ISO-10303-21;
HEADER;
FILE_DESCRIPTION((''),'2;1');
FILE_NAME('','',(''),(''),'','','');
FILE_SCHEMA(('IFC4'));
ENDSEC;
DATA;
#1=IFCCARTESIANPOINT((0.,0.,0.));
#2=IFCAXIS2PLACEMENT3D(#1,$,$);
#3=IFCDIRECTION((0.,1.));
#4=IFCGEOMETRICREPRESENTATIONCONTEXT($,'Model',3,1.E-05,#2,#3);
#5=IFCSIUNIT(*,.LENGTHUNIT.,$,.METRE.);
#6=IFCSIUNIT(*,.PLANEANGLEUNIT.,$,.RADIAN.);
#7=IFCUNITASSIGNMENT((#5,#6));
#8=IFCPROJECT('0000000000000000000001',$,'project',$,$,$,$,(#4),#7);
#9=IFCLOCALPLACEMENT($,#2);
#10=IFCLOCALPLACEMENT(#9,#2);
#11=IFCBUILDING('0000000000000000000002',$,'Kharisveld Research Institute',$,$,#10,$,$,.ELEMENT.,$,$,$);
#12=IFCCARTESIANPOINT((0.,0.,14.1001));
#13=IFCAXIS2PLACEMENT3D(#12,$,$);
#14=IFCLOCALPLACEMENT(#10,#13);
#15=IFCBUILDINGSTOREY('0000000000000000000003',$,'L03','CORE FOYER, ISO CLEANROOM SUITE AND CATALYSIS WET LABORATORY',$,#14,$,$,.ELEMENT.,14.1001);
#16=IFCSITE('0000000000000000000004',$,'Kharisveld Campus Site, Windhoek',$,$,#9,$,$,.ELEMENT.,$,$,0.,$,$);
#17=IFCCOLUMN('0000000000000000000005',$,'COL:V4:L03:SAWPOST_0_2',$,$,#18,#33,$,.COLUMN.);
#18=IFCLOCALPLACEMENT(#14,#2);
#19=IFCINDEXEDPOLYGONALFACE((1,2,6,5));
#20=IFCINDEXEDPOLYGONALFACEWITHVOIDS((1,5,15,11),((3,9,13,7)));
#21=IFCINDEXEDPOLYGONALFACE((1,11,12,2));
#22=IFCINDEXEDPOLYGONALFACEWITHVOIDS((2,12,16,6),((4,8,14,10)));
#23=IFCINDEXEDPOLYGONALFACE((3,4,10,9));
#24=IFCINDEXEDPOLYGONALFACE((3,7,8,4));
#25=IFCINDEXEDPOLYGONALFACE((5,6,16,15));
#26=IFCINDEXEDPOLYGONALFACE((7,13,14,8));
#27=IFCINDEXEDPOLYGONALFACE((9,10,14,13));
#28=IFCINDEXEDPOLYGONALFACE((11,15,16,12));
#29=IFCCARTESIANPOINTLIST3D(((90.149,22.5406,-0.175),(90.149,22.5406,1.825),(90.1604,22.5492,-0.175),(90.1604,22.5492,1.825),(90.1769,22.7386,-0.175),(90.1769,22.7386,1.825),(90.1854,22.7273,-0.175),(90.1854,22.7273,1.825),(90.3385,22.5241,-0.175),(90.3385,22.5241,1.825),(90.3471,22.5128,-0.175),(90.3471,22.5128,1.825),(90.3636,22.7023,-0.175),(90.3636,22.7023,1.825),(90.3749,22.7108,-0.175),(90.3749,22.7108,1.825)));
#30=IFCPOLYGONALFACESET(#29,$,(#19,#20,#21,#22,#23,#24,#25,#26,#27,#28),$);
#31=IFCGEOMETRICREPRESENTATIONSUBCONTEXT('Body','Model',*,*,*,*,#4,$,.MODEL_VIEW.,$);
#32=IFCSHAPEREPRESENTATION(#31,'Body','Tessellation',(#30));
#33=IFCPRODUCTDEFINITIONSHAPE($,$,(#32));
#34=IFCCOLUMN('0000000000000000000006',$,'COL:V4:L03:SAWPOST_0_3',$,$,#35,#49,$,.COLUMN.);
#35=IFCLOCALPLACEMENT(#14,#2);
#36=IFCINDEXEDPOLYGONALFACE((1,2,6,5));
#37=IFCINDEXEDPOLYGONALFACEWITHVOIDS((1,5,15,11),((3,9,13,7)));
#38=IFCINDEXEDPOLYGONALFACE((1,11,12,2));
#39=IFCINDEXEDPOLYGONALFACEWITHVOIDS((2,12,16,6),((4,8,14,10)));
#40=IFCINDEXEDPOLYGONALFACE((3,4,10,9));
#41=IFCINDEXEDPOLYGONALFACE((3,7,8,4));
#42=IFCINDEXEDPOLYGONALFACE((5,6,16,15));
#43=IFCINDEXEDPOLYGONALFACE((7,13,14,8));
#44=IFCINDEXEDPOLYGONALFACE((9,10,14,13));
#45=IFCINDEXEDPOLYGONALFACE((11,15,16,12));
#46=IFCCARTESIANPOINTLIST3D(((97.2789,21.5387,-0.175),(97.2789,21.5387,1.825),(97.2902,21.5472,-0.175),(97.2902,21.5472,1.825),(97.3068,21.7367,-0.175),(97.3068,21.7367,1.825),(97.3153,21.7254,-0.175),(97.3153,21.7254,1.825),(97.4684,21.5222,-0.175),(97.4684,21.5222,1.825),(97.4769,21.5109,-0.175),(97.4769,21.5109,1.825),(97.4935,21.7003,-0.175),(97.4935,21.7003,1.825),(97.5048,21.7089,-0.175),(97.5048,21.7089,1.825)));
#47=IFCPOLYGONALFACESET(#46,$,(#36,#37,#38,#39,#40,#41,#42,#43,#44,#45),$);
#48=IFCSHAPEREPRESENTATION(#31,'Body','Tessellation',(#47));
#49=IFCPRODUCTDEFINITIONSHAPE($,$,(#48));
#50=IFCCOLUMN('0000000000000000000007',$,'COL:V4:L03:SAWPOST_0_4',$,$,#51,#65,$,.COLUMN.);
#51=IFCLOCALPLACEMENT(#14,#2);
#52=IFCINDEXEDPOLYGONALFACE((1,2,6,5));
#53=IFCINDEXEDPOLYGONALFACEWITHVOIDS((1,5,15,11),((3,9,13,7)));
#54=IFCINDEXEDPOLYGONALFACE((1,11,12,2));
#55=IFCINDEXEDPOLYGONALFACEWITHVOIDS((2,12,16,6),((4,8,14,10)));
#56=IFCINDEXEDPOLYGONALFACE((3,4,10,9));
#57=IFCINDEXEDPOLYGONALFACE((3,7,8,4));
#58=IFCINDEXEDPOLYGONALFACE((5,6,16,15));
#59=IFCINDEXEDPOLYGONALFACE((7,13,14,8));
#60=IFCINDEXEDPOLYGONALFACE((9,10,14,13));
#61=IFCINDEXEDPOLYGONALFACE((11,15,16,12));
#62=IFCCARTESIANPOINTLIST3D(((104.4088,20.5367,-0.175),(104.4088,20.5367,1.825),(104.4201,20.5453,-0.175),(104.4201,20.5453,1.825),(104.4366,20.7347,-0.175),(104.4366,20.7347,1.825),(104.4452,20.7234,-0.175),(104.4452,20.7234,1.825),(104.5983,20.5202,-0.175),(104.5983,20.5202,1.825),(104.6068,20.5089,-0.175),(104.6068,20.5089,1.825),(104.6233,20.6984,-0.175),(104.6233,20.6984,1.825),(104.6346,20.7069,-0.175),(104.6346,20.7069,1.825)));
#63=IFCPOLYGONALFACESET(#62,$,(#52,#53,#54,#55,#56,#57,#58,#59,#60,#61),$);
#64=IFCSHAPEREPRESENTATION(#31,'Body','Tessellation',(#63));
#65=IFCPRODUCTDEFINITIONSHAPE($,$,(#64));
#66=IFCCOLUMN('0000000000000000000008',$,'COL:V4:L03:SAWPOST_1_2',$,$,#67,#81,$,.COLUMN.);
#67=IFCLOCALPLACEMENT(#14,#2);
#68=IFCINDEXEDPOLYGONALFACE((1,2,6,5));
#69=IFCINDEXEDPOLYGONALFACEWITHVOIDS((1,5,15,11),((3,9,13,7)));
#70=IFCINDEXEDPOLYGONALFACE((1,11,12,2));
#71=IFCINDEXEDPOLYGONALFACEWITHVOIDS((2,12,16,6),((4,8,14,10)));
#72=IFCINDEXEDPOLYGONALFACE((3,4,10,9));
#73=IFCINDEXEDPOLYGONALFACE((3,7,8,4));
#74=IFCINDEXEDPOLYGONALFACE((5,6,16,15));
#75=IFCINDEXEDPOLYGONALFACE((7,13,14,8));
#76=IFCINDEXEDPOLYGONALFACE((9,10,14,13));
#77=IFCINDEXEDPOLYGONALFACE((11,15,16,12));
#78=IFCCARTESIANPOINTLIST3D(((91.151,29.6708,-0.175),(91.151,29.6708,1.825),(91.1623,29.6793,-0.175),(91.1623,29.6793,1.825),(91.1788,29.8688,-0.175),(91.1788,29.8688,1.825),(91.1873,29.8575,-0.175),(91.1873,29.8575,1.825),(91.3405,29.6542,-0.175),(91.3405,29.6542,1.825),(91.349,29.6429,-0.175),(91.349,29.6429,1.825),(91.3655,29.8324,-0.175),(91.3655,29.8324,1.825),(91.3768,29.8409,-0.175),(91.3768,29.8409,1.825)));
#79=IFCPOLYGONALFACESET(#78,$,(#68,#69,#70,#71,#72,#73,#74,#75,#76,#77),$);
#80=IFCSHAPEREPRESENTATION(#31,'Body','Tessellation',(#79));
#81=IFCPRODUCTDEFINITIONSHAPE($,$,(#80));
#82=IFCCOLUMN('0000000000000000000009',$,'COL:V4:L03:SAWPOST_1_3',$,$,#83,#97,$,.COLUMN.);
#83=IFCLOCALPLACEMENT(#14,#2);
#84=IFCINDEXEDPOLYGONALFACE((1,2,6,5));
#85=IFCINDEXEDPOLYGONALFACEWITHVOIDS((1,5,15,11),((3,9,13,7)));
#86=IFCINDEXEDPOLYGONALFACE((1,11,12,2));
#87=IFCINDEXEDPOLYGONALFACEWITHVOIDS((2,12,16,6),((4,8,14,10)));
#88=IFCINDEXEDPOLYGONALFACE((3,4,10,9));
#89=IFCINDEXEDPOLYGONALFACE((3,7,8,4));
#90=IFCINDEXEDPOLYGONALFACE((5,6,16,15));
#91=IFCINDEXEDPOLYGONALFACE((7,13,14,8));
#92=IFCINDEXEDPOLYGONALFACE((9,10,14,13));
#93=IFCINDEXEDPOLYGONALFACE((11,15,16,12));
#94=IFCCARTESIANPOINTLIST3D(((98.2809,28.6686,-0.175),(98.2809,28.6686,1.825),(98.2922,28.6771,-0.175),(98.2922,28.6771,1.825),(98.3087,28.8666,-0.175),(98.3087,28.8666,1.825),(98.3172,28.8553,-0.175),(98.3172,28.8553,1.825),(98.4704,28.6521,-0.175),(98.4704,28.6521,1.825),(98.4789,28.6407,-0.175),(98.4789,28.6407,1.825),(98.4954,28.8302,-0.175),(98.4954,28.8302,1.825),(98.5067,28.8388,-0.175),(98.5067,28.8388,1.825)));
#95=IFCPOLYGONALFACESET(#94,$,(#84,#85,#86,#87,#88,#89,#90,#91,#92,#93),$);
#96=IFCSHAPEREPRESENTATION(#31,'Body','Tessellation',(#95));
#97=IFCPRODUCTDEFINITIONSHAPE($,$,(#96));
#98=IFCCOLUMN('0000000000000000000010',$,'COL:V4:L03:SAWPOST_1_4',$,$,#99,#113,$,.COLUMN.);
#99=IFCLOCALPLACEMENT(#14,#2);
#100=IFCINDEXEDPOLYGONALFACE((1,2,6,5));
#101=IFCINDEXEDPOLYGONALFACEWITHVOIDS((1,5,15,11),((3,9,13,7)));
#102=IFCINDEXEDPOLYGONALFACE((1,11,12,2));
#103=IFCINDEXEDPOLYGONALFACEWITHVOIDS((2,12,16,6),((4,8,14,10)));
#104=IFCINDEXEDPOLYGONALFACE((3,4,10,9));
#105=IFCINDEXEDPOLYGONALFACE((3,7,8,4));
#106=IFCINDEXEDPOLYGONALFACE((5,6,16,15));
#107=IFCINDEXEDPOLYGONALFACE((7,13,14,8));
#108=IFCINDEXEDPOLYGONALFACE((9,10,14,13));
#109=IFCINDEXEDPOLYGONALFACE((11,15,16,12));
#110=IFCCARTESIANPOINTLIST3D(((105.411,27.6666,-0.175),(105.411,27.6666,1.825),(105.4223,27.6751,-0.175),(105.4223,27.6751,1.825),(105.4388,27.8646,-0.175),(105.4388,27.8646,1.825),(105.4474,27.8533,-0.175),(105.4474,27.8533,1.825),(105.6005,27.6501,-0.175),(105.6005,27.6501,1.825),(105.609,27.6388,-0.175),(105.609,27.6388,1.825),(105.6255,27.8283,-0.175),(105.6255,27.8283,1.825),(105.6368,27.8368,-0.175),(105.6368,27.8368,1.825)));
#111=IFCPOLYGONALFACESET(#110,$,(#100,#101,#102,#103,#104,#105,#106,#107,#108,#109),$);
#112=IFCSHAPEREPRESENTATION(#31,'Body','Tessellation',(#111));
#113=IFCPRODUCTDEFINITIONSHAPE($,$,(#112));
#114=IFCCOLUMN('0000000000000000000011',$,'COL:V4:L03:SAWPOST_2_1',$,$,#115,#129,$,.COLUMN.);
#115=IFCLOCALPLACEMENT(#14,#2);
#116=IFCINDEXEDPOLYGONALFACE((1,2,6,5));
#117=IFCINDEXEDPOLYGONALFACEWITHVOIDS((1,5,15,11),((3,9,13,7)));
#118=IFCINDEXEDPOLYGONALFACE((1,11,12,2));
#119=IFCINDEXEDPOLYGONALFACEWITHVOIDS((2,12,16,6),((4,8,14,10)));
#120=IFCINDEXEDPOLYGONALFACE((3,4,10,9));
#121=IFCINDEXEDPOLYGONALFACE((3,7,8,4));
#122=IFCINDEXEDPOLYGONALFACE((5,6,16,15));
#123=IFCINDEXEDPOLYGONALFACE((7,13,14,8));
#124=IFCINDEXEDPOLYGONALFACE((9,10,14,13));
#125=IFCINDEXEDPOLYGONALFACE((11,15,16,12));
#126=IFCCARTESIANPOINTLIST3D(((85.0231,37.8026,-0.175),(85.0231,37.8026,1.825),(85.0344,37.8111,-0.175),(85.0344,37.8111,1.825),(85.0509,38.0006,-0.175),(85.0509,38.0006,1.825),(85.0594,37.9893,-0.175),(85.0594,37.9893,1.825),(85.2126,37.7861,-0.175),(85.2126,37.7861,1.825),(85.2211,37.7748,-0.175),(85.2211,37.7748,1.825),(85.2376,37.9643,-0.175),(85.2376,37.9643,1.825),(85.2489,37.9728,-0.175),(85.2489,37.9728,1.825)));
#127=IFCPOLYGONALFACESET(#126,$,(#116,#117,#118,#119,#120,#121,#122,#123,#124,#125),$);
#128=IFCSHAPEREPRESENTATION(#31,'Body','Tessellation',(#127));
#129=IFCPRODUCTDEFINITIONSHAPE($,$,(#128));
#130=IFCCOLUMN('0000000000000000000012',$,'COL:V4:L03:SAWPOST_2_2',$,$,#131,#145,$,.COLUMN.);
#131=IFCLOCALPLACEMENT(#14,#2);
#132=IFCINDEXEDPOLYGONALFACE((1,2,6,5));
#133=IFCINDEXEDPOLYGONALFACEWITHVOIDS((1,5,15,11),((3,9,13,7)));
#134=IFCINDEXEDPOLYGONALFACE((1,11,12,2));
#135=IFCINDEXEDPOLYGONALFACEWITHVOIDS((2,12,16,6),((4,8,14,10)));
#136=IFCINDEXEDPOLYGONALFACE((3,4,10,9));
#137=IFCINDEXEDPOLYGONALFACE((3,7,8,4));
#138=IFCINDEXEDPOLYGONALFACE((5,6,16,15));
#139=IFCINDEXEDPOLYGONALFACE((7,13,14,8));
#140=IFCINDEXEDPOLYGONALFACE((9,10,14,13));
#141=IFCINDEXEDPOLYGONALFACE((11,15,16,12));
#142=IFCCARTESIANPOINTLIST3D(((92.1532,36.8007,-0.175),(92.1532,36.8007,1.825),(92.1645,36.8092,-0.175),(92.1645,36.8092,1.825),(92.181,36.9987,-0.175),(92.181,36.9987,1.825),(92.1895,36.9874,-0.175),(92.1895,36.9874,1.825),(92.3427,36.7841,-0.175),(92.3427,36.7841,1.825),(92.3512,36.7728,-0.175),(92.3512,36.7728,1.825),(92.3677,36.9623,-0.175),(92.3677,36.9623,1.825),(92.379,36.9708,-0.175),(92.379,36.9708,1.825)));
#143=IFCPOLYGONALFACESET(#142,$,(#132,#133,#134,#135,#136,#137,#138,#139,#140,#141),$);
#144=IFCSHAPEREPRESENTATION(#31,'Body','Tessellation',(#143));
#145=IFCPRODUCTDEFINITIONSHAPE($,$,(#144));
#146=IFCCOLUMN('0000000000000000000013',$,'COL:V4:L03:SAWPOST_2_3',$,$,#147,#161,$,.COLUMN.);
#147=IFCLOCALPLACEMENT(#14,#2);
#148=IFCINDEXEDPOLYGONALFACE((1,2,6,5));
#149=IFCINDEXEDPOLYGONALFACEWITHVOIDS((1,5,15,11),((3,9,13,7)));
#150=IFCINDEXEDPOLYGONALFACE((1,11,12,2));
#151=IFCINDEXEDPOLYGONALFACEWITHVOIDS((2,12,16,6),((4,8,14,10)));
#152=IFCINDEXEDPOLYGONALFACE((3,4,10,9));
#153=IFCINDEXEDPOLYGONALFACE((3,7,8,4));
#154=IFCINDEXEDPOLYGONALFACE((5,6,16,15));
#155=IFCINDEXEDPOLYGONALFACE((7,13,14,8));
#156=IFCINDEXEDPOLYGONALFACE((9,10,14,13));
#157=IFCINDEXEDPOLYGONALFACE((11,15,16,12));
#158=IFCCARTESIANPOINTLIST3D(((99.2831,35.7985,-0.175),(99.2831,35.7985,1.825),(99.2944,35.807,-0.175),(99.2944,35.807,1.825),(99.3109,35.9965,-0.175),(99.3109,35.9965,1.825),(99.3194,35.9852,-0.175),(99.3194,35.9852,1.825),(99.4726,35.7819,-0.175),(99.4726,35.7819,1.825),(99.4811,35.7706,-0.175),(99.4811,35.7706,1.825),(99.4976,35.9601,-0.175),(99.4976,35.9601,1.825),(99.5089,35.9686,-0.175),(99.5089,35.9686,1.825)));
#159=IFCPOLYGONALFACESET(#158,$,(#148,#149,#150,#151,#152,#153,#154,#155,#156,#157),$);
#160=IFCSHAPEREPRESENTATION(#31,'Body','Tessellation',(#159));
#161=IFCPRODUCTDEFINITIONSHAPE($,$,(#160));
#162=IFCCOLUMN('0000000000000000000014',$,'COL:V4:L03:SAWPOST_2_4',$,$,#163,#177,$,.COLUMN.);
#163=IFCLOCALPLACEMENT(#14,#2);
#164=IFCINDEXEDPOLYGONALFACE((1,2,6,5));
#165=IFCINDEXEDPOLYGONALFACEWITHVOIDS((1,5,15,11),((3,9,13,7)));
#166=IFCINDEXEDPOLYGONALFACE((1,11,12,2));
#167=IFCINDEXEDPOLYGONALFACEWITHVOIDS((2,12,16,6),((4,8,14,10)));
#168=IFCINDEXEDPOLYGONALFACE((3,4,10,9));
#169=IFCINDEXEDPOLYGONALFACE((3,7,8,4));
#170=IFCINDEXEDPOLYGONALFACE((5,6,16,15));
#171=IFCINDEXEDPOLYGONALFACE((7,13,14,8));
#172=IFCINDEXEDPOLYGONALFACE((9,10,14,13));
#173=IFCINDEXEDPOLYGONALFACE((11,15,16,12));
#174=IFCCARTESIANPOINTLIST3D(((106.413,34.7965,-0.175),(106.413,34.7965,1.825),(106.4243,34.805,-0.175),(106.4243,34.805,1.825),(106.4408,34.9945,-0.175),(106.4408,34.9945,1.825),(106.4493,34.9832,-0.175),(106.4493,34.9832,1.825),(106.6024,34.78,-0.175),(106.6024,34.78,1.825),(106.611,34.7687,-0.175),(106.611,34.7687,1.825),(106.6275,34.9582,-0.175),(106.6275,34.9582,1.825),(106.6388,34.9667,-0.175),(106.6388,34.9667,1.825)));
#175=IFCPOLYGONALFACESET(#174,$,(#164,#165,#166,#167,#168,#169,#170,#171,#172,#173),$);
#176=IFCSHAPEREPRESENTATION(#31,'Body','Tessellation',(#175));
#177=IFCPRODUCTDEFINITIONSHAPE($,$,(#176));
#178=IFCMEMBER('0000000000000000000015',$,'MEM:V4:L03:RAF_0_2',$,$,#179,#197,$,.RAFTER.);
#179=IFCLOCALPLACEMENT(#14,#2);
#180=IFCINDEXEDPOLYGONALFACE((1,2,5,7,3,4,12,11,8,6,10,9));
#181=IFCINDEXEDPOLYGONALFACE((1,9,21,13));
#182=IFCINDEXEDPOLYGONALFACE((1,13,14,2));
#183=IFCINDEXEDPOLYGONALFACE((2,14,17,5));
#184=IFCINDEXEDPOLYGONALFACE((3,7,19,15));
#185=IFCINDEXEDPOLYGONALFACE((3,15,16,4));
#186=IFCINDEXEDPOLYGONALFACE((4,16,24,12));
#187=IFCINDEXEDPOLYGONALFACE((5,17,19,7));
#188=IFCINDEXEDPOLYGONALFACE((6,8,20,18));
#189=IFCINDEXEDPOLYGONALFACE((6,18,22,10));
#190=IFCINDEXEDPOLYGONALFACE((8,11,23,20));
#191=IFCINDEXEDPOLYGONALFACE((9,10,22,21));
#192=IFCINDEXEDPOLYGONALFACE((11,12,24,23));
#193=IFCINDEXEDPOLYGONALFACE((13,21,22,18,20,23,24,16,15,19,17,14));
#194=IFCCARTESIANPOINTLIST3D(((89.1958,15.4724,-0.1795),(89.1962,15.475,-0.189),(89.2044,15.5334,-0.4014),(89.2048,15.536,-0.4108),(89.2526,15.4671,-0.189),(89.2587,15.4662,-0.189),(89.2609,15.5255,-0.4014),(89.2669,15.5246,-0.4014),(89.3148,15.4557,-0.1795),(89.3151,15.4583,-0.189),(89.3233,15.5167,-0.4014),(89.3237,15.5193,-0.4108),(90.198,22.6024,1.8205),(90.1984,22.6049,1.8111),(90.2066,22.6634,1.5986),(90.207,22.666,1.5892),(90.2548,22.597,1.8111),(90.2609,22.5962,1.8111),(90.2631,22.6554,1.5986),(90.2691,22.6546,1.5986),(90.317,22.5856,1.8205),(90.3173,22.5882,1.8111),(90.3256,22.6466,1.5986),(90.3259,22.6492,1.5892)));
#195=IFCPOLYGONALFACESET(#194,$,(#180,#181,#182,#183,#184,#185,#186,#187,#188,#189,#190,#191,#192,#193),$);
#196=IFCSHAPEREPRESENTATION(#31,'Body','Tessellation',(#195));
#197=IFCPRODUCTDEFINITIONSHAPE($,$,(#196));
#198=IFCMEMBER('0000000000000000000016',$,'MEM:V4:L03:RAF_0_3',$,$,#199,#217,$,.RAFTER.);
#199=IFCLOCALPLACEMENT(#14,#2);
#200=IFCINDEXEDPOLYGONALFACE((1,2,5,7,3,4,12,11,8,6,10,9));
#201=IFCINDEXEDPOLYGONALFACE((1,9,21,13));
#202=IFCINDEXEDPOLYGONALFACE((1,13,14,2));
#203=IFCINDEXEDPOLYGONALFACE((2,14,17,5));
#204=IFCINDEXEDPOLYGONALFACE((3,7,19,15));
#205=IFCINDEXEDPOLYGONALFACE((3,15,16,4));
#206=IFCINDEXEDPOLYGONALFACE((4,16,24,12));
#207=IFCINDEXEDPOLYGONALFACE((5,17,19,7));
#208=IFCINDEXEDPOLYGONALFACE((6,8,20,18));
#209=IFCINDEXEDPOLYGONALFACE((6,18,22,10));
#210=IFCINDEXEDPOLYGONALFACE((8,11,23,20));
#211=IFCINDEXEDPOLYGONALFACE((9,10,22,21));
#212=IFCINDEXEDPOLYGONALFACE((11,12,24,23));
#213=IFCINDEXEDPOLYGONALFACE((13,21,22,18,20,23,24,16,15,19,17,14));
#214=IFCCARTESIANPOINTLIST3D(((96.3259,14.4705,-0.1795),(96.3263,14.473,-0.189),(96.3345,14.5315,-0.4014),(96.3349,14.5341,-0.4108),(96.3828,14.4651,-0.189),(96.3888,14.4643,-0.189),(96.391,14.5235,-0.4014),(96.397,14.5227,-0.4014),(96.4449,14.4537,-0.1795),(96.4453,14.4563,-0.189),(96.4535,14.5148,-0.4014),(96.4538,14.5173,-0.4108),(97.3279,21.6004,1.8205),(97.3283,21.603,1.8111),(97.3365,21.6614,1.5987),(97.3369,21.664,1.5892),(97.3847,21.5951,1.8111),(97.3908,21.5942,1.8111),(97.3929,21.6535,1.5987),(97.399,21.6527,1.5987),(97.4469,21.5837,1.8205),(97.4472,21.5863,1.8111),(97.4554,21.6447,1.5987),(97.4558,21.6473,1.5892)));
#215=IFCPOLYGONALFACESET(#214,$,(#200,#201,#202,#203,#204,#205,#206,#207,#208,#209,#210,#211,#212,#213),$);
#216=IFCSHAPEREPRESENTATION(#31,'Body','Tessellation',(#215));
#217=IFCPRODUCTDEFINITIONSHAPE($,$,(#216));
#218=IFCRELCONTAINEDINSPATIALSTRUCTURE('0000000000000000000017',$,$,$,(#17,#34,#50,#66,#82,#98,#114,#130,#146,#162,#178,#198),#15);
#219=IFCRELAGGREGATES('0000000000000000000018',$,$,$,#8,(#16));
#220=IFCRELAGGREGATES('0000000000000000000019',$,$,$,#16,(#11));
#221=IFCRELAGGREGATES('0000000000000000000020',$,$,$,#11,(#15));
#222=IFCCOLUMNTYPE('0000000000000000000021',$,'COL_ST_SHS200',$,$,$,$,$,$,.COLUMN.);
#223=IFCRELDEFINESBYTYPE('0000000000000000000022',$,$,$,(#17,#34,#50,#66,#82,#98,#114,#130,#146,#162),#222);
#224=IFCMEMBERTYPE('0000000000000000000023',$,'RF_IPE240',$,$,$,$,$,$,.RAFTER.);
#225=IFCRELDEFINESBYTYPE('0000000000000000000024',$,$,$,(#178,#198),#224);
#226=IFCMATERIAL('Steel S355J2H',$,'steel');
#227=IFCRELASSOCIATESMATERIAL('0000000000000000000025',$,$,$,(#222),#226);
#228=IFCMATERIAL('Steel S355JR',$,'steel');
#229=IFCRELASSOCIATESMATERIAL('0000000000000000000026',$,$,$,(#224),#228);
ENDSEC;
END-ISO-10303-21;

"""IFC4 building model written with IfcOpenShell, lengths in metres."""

from ifc_helpers import new_model, si_unit, direction, frame, origin, origin_2d, place, context, subcontext, project, spatial, hollow_rectangle, i_section, extrude, material, material_profile, profile_set, type_object, element, save


model = new_model("IFC4")

# Units and contexts
model_context = context("Model", 3, precision=1e-05, world=origin(), true_north=direction((0.0, 1.0)))
body_context = subcontext(model_context, "Body", "Model", "MODEL_VIEW")
ifc_project = project(units=[si_unit("LENGTHUNIT", "METRE"), si_unit("PLANEANGLEUNIT", "RADIAN")], contexts=[model_context])

# Site, building, storey
site_placement = place(None, origin())
site = spatial("IfcSite", under=ifc_project, at=site_placement, Name="Kharisveld Campus Site, Windhoek", CompositionType="ELEMENT", RefElevation=0.0)
building_placement = place(site_placement, origin())
building = spatial("IfcBuilding", under=site, at=building_placement, Name="Kharisveld Research Institute", CompositionType="ELEMENT")
storey_placement = place(building_placement, frame((0.0, 0.0, 14.1001)))
storey = spatial("IfcBuildingStorey", under=building, at=storey_placement, Name="L03", Description="CORE FOYER, ISO CLEANROOM SUITE AND CATALYSIS WET LABORATORY", CompositionType="ELEMENT", Elevation=14.1001)

# Columns
ifc_material_1 = material(Name="Steel S355J2H", Category="steel")
ifc_material_profile_1 = material_profile(ifc_material_1, hollow_rectangle(XDim=0.2, YDim=0.2, WallThickness=0.01, at=origin_2d()))
ifc_profile_set_1 = profile_set([ifc_material_profile_1], Name="Steel S355J2H")
column_type = type_object("IfcColumnType", Name="COL_ST_SHS200", PredefinedType="COLUMN", material=ifc_profile_set_1)
for number, where, z_axis, x_axis, name in (
    (1, (90.262, 22.6257, -0.175), (0.0, 0.0, 1.0), (0.990268, -0.139173, 0.0), "COL:V4:L03:SAWPOST_0_2"),
    (2, (97.3918, 21.6238, -0.175), (0.0, 0.0, 1.0), (0.990268, -0.139173, 0.0), "COL:V4:L03:SAWPOST_0_3"),
    (3, (104.5217, 20.6218, -0.175), (0.0, 0.0, 1.0), (0.990268, -0.139173, 0.0), "COL:V4:L03:SAWPOST_0_4"),
    (4, (91.2639, 29.7559, -0.175), (0.0, 0.0, 1.0), (0.990268, -0.139173, 0.0), "COL:V4:L03:SAWPOST_1_2"),
    (5, (98.3938, 28.7537, -0.175), (0.0, 0.0, 1.0), (0.990268, -0.139173, 0.0), "COL:V4:L03:SAWPOST_1_3"),
    (6, (105.5239, 27.7517, -0.175), (0.0, 0.0, 1.0), (0.990268, -0.139173, 0.0), "COL:V4:L03:SAWPOST_1_4"),
    (7, (85.136, 37.8877, -0.175), (0.0, 0.0, 1.0), (0.990268, -0.139173, 0.0), "COL:V4:L03:SAWPOST_2_1"),
    (8, (92.2661, 36.8857, -0.175), (0.0, 0.0, 1.0), (0.990268, -0.139173, 0.0), "COL:V4:L03:SAWPOST_2_2"),
    (9, (99.396, 35.8835, -0.175), (0.0, 0.0, 1.0), (0.990268, -0.139173, 0.0), "COL:V4:L03:SAWPOST_2_3"),
    (10, (106.5259, 34.8816, -0.175), (0.0, 0.0, 1.0), (0.990268, -0.139173, 0.0), "COL:V4:L03:SAWPOST_2_4"),
):
    element("IfcColumn", number, at=place(storey_placement, frame(where, z_axis=z_axis, x_axis=x_axis)), inside=storey, type_object=column_type, Name=name, PredefinedType="COLUMN", context=body_context, shape_type="SweptSolid", body=[
        extrude(hollow_rectangle(XDim=0.2, YDim=0.2, WallThickness=0.01, at=origin_2d()), origin(), (0.0, 0.0, 1.0), 2.0),
    ])

# Members
ifc_material_2 = material(Name="Steel S355JR", Category="steel")
ifc_material_profile_2 = material_profile(ifc_material_2, i_section(OverallWidth=0.1201, OverallDepth=0.24, WebThickness=0.0061, FlangeThickness=0.0098, at=origin_2d()))
ifc_profile_set_2 = profile_set([ifc_material_profile_2], Name="Steel S355JR")
member_type = type_object("IfcMemberType", Name="RF_IPE240", PredefinedType="RAFTER", material=ifc_profile_set_2)
for number, where, z_axis, x_axis, name in (
    (11, (89.2598, 15.4958, -0.2952), (0.134116, 0.954138, 0.267645), (-0.990265, 0.139195, 0.0), "MEM:V4:L03:RAF_0_2"),
    (12, (96.3899, 14.4939, -0.2952), (0.134084, 0.954142, 0.267646), (-0.99027, 0.139161, 0.0), "MEM:V4:L03:RAF_0_3"),
):
    element("IfcMember", number, at=place(storey_placement, frame(where, z_axis=z_axis, x_axis=x_axis)), inside=storey, type_object=member_type, Name=name, PredefinedType="RAFTER", context=body_context, shape_type="SweptSolid", body=[
        extrude(i_section(OverallWidth=0.1201, OverallDepth=0.24, WebThickness=0.0061, FlangeThickness=0.0098, at=origin_2d()), origin(), (0.0, 0.0, 1.0), 7.4727),
    ])

save(model, "model.ifc")
